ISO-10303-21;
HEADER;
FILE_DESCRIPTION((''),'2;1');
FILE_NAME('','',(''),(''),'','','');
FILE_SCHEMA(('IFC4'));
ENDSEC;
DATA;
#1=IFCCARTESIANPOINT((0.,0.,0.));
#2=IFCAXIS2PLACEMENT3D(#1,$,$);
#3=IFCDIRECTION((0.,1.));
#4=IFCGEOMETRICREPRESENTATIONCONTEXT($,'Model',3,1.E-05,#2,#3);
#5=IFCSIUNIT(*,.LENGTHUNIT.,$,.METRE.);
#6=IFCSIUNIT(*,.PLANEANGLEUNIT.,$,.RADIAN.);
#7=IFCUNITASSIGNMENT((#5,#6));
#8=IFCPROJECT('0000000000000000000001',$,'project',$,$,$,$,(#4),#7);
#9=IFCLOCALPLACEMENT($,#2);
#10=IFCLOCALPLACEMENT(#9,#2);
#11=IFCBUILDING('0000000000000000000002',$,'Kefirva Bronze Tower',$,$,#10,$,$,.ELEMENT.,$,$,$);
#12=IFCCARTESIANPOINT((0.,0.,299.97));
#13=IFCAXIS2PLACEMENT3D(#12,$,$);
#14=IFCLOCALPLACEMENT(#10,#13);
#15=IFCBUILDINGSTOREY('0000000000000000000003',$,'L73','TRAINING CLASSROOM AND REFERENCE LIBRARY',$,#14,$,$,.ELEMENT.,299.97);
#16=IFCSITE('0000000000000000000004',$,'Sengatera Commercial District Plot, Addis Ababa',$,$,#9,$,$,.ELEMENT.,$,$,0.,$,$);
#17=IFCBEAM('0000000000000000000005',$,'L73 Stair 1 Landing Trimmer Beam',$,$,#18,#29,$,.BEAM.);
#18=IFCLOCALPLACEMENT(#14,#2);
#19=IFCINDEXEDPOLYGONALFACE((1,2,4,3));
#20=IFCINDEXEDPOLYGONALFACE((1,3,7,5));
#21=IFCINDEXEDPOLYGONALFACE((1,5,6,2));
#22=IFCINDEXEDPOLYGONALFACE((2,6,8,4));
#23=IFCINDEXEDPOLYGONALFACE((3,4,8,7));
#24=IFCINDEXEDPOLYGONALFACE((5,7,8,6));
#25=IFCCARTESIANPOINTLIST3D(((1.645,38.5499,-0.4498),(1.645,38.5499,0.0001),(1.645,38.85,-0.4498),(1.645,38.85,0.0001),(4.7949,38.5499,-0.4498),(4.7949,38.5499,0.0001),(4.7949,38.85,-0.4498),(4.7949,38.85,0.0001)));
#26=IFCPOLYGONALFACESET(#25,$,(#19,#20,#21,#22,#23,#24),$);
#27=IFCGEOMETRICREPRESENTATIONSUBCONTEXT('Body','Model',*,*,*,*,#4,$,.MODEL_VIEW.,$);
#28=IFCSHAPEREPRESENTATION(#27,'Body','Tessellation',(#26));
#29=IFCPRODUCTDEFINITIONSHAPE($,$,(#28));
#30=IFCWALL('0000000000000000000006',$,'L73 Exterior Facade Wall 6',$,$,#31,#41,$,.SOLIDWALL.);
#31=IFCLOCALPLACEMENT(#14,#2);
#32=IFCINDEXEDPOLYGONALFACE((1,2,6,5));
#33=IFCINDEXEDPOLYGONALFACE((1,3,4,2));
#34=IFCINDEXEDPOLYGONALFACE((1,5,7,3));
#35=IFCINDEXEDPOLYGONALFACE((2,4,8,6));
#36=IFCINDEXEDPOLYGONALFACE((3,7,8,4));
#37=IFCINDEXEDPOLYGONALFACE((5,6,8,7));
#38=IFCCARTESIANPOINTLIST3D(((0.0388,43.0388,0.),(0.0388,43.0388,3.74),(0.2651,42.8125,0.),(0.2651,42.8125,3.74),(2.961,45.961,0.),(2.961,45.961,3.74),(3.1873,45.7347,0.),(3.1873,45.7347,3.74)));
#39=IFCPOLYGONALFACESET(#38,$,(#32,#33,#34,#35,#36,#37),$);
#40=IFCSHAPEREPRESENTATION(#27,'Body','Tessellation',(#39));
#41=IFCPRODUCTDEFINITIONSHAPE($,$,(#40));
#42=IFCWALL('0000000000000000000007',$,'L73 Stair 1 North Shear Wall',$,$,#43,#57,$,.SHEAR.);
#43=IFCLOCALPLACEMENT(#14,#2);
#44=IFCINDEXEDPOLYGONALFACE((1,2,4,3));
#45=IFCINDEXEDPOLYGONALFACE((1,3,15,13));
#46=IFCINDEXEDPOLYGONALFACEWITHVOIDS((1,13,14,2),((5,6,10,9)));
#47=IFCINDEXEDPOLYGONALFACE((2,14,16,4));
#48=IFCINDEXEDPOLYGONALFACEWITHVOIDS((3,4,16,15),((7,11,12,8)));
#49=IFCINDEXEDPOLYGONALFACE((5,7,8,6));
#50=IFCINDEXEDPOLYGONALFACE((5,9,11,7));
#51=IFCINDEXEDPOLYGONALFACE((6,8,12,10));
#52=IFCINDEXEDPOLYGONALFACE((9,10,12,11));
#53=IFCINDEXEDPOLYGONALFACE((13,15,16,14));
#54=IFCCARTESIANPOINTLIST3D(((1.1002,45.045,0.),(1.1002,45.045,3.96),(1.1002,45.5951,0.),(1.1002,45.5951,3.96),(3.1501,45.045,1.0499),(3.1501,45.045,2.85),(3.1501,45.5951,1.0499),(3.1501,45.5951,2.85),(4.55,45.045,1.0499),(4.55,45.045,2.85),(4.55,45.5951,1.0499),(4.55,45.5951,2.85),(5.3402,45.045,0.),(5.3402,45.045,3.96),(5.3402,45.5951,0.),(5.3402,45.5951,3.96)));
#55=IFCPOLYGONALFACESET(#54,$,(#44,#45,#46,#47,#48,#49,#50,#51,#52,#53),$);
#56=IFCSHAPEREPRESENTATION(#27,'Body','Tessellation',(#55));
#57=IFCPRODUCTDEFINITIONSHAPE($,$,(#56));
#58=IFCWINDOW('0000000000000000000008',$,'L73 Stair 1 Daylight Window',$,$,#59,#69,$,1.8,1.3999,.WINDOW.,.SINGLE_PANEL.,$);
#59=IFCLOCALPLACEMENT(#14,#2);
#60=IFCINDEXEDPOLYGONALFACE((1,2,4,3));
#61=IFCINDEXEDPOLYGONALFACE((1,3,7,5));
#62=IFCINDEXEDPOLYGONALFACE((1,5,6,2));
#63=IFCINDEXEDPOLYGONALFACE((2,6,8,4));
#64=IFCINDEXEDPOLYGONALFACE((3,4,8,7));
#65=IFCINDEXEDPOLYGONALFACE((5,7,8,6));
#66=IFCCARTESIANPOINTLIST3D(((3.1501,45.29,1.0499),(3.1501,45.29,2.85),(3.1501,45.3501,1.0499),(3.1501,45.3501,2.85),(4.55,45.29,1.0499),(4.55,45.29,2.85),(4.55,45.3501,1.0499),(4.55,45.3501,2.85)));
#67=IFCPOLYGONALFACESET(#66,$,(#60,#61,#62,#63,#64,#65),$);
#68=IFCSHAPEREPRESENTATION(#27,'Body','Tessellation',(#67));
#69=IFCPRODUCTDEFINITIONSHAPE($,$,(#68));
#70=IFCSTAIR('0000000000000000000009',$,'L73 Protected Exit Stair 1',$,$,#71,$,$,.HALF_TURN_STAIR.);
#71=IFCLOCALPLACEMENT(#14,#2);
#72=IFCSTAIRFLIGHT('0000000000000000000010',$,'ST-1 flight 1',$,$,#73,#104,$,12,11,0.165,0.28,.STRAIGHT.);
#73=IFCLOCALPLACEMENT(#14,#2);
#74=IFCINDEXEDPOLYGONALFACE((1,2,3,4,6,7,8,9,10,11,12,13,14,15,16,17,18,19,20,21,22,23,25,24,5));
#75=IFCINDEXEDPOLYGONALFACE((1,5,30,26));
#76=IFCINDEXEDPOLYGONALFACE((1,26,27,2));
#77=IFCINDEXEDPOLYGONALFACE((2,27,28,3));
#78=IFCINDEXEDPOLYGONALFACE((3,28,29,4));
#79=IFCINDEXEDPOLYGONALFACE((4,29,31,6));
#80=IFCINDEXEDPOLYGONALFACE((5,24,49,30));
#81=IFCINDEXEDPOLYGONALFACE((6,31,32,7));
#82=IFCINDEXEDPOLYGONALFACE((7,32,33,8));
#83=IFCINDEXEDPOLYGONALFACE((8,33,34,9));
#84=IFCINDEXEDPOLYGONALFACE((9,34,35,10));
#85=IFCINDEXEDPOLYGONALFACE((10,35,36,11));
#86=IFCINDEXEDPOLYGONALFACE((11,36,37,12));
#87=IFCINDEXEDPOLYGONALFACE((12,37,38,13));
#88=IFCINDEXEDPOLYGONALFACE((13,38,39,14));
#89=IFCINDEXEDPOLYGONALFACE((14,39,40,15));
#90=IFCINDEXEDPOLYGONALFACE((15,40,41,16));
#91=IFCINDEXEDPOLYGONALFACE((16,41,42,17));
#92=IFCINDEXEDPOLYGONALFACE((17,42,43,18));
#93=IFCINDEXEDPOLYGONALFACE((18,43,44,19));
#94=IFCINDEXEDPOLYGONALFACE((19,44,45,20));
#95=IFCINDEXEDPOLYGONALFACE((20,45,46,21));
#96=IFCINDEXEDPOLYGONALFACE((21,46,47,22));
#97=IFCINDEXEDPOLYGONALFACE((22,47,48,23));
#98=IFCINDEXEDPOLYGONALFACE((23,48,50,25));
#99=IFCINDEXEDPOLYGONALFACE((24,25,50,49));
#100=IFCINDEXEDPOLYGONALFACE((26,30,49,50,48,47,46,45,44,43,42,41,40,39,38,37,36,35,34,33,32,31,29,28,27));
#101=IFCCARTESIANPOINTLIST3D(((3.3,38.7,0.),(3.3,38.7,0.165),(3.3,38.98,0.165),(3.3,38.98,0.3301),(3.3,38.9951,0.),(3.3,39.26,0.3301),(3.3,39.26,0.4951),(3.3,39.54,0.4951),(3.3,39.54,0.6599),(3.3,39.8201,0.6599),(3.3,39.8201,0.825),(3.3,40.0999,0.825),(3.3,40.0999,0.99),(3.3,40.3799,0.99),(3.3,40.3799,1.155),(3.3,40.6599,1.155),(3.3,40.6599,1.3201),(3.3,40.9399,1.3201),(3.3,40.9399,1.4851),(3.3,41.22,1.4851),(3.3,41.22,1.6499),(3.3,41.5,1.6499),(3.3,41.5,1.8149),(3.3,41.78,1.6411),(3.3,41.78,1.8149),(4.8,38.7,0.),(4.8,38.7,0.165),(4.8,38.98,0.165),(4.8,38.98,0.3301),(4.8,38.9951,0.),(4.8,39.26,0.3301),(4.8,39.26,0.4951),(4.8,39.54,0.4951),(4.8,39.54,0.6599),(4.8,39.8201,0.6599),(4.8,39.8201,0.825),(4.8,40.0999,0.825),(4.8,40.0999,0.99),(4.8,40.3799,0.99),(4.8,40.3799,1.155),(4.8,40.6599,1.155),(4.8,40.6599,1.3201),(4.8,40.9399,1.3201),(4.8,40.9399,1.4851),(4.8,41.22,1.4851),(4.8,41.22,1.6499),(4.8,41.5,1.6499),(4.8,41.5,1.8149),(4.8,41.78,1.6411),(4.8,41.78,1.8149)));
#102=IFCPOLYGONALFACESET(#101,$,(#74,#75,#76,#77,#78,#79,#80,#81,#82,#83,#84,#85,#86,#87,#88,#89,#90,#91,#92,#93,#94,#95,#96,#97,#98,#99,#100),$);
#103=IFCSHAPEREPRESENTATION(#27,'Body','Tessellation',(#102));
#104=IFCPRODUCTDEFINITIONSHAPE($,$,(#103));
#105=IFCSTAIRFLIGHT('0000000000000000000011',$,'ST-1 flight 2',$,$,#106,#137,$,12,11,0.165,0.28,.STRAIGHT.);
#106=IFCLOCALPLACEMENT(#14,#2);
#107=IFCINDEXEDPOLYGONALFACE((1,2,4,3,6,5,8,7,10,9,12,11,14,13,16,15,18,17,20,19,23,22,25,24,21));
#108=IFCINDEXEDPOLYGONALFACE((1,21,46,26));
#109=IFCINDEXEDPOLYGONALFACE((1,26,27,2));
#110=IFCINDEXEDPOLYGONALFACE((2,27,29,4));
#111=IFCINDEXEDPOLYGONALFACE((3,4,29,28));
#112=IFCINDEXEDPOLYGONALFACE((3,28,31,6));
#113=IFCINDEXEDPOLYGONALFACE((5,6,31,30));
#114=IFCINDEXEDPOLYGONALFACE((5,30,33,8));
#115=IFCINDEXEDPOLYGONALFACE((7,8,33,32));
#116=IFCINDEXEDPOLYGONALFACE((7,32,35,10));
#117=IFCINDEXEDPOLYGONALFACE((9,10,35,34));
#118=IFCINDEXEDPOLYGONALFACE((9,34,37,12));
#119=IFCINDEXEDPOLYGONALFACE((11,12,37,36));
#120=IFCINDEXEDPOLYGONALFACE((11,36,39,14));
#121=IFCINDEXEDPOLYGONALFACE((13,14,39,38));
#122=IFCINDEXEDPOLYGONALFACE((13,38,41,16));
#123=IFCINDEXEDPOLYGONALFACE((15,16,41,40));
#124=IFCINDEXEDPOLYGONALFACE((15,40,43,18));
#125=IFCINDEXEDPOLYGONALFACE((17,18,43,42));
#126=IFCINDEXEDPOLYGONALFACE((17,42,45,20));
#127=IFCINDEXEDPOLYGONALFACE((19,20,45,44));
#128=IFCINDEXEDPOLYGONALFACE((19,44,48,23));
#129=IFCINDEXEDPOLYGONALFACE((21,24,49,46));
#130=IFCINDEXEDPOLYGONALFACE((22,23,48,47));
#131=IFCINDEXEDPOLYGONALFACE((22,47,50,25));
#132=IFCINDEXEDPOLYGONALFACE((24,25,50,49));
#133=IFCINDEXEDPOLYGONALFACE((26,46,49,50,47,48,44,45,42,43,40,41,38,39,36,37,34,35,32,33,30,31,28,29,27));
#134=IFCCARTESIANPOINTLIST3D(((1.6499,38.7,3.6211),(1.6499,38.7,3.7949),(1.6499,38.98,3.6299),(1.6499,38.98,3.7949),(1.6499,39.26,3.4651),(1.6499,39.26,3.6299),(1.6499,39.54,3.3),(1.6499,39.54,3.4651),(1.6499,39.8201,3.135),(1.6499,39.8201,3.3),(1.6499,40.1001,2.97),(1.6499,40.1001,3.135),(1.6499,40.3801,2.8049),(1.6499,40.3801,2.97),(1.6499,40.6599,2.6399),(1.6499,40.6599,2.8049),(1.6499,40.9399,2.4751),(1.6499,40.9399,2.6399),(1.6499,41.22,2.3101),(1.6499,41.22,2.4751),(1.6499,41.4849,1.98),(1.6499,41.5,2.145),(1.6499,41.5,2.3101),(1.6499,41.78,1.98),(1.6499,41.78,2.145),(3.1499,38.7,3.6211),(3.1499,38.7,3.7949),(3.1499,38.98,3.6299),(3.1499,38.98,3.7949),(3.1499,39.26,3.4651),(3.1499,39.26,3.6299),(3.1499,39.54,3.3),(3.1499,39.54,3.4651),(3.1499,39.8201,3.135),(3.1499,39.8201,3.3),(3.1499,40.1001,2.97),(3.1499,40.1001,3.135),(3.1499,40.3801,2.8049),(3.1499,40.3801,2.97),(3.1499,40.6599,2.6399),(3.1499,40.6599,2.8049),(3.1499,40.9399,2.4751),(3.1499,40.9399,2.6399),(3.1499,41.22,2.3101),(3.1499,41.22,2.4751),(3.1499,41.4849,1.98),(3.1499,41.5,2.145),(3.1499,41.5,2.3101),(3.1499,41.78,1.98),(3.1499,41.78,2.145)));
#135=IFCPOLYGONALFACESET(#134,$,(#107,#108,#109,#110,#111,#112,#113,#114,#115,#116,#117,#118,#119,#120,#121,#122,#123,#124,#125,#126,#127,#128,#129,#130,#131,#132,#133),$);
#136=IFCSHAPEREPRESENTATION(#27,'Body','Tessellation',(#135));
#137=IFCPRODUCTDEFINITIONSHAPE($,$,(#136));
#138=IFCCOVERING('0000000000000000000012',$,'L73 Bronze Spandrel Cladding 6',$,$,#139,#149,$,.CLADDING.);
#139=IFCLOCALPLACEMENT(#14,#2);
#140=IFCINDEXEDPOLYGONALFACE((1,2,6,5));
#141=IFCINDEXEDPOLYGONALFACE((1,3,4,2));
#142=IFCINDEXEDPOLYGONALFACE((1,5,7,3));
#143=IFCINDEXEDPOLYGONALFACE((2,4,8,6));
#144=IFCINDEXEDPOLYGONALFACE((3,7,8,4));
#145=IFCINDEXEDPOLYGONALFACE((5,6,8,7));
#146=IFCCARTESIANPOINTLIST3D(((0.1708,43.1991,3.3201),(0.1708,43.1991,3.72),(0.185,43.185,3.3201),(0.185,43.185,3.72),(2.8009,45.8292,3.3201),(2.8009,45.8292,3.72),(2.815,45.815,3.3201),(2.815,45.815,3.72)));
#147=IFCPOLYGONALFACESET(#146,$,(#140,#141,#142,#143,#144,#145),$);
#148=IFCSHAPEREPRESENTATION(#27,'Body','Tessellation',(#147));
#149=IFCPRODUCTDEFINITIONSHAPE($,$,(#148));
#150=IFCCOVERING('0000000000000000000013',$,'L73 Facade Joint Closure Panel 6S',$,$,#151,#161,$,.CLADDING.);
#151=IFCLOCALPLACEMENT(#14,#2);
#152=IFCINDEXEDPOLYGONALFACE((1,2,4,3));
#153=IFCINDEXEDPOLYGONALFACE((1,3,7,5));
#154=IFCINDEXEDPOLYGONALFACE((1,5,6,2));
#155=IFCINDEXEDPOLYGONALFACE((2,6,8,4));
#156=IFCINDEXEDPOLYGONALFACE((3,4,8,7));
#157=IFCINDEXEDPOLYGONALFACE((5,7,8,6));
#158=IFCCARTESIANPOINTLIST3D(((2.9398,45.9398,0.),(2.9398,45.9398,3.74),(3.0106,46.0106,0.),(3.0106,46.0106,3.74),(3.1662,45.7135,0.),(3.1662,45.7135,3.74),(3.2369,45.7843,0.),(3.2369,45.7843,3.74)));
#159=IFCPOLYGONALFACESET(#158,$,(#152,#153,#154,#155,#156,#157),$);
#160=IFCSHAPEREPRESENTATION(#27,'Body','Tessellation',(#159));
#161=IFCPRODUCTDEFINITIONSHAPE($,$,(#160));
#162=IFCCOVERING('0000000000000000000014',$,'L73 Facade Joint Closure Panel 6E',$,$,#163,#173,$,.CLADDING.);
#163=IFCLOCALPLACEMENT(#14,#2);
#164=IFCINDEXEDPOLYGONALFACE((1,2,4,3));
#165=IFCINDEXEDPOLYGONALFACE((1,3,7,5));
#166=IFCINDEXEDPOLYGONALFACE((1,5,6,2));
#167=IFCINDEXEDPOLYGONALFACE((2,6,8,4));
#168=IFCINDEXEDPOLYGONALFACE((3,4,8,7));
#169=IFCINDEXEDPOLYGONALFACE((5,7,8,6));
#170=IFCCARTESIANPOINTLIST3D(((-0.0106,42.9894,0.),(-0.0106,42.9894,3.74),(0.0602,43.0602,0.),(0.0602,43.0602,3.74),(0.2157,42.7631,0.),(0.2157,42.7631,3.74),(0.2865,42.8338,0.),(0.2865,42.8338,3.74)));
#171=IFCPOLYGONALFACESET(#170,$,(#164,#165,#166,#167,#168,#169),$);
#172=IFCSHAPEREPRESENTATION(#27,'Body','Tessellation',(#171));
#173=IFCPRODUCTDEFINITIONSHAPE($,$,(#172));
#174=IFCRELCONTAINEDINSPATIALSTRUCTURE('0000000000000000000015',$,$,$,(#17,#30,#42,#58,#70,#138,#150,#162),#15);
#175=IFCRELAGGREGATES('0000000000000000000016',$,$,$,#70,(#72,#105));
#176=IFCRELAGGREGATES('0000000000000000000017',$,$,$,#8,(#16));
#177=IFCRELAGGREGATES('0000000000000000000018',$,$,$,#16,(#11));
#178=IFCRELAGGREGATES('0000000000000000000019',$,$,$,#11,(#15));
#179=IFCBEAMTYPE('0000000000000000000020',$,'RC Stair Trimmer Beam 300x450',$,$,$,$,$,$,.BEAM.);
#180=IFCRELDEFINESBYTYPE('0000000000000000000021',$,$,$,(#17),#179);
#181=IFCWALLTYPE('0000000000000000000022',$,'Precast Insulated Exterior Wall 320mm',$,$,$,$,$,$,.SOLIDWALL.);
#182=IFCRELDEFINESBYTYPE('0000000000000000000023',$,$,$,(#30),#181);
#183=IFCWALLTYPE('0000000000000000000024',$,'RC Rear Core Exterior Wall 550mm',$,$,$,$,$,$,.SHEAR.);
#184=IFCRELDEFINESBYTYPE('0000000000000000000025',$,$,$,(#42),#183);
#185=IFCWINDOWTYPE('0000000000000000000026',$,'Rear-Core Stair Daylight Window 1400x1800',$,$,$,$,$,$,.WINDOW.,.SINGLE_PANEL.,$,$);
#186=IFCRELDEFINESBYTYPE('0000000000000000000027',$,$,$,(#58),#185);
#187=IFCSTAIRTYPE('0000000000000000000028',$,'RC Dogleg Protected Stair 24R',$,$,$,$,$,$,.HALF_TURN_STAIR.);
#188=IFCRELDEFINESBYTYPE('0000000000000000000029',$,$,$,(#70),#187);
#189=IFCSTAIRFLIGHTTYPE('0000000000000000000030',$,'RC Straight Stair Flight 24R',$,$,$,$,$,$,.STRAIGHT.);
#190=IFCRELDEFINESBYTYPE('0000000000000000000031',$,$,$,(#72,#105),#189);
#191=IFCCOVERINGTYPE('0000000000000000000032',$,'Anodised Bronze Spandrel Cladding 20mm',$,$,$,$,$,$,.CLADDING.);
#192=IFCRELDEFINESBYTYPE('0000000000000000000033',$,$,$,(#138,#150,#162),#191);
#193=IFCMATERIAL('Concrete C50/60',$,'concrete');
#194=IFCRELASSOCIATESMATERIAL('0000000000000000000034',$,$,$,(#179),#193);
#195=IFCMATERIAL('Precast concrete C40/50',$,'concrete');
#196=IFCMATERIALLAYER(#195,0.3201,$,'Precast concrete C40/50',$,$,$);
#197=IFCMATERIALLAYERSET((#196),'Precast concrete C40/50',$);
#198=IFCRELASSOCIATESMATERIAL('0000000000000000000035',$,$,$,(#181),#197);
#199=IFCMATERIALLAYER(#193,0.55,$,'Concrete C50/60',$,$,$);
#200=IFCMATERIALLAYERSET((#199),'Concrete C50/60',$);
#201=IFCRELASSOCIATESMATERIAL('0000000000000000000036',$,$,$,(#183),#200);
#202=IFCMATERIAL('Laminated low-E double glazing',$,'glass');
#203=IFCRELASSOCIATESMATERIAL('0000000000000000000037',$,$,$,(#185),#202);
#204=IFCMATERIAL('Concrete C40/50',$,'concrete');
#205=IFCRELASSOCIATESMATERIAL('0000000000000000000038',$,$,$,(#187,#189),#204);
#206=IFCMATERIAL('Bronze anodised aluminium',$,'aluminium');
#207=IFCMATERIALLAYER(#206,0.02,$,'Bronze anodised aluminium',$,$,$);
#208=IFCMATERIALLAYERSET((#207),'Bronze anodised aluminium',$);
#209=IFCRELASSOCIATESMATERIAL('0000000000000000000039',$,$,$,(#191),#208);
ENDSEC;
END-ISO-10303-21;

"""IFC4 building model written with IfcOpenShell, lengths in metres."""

from ifc_helpers import new_model, si_unit, direction, frame, frame_2d, origin, origin_2d, place, context, subcontext, project, spatial, polyline, rectangle, outline, extrude, material, layer, layer_set, material_profile, profile_set, type_object, element, fill, aggregate, save


model = new_model("IFC4")

# Units and contexts
model_context = context("Model", 3, precision=1e-05, world=origin(), true_north=direction((0.0, 1.0)))
body_context = subcontext(model_context, "Body", "Model", "MODEL_VIEW")
ifc_project = project(units=[si_unit("LENGTHUNIT", "METRE"), si_unit("PLANEANGLEUNIT", "RADIAN")], contexts=[model_context])

# Site, building, storey
site_placement = place(None, origin())
site = spatial("IfcSite", under=ifc_project, at=site_placement, Name="Sengatera Commercial District Plot, Addis Ababa", CompositionType="ELEMENT", RefElevation=0.0)
building_placement = place(site_placement, origin())
building = spatial("IfcBuilding", under=site, at=building_placement, Name="Kefirva Bronze Tower", CompositionType="ELEMENT")
storey_placement = place(building_placement, frame((0.0, 0.0, 299.97)))
storey = spatial("IfcBuildingStorey", under=building, at=storey_placement, Name="L73", Description="TRAINING CLASSROOM AND REFERENCE LIBRARY", CompositionType="ELEMENT", Elevation=299.97)

# Beam
ifc_material_1 = material(Name="Concrete C50/60", Category="concrete")
ifc_material_profile = material_profile(ifc_material_1, rectangle(XDim=0.3, YDim=0.45, at=origin_2d()), Name="RC 300x450")
ifc_profile_set = profile_set([ifc_material_profile], Name="Concrete C50/60")
beam_type = type_object("IfcBeamType", Name="RC Stair Trimmer Beam 300x450", PredefinedType="BEAM", material=ifc_profile_set)
beam_placement = place(storey_placement, frame((1.645, 38.7, -0.2249), z_axis=(1.0, 0.0, 0.0), x_axis=(0.0, 1.0, 0.0)))
element("IfcBeam", 1, at=beam_placement, inside=storey, type_object=beam_type, Name="L73 Stair 1 Landing Trimmer Beam", PredefinedType="BEAM", context=body_context, shape_type="SweptSolid", body=[
    extrude(rectangle(XDim=0.3, YDim=0.45, at=origin_2d()), origin(), (0.0, 0.0, 1.0), 3.1499),
])

# Wall
ifc_material_2 = material(Name="Precast concrete C40/50", Category="concrete")
ifc_layer_1 = layer(ifc_material_2, 0.3201, Name="Precast concrete C40/50")
ifc_layer_set_1 = layer_set([ifc_layer_1], Name="Precast concrete C40/50")
wall_type_1 = type_object("IfcWallType", Name="Precast Insulated Exterior Wall 320mm", PredefinedType="SOLIDWALL", material=ifc_layer_set_1)
wall_1_placement = place(storey_placement, frame((3.0742, 45.8479, 0.0), z_axis=(0.0, 0.0, 1.0), x_axis=(-0.707107, -0.707107, 0.0)))
element("IfcWall", 2, at=wall_1_placement, inside=storey, type_object=wall_type_1, Name="L73 Exterior Facade Wall 6", PredefinedType="SOLIDWALL", context=body_context, shape_type="SweptSolid", body=[
    extrude(rectangle(XDim=4.1326, YDim=0.3201, at=frame_2d((2.0664, 0.0))), origin(), (0.0, 0.0, 1.0), 3.74),
])

# Wall, opening, window
ifc_layer_2 = layer(ifc_material_1, 0.55, Name="Concrete C50/60")
ifc_layer_set_2 = layer_set([ifc_layer_2], Name="Concrete C50/60")
wall_type_2 = type_object("IfcWallType", Name="RC Rear Core Exterior Wall 550mm", PredefinedType="SHEAR", material=ifc_layer_set_2)
wall_2_placement = place(storey_placement, frame((1.1001, 45.3201, 0.0), z_axis=(0.0, 0.0, 1.0), x_axis=(1.0, 0.0, 0.0)))
wall_2 = element("IfcWall", 3, at=wall_2_placement, inside=storey, type_object=wall_type_2, Name="L73 Stair 1 North Shear Wall", PredefinedType="SHEAR", context=body_context, shape_type="SweptSolid", body=[
    extrude(rectangle(XDim=4.24, YDim=0.55, at=frame_2d((2.1201, 0.0))), origin(), (0.0, 0.0, 1.0), 3.96),
])
opening_1_placement = place(wall_2_placement, frame((2.05, 0.0, 1.05)))
opening_1 = element("IfcOpeningElement", 4, at=opening_1_placement, cuts=wall_2, PredefinedType="OPENING", context=body_context, shape_type="SweptSolid", body=[
    extrude(rectangle(XDim=1.3999, YDim=1.8, at=frame_2d((0.7, 0.8999))), frame((0.0, 0.2852, 0.0), z_axis=(0.0, -1.0, 0.0), x_axis=(1.0, 0.0, 0.0)), (0.0, 0.0, 1.0), 0.5701),
])
ifc_material_3 = material(Name="Laminated low-E double glazing", Category="glass")
window_type = type_object("IfcWindowType", Name="Rear-Core Stair Daylight Window 1400x1800", PartitioningType="SINGLE_PANEL", PredefinedType="WINDOW", material=ifc_material_3)
window_placement = place(opening_1_placement, origin())
window = element("IfcWindow", 5, at=window_placement, inside=storey, type_object=window_type, Name="L73 Stair 1 Daylight Window", OverallHeight=1.8, OverallWidth=1.3999, PartitioningType="SINGLE_PANEL", PredefinedType="WINDOW", context=body_context, shape_type="SweptSolid", body=[
    extrude(rectangle(XDim=1.3999, YDim=1.8, at=frame_2d((0.7, 0.8999))), frame((0.0, 0.03, 0.0), z_axis=(0.0, -1.0, 0.0), x_axis=(1.0, 0.0, 0.0)), (0.0, 0.0, 1.0), 0.0601),
])
fill(opening_1, window)

# Stair, stair flights
ifc_material_4 = material(Name="Concrete C40/50", Category="concrete")
stair_type = type_object("IfcStairType", Name="RC Dogleg Protected Stair 24R", PredefinedType="HALF_TURN_STAIR", material=ifc_material_4)
stair_placement = place(storey_placement, origin())
stair = element("IfcStair", 6, at=stair_placement, inside=storey, type_object=stair_type, Name="L73 Protected Exit Stair 1", PredefinedType="HALF_TURN_STAIR")
stair_flight_type = type_object("IfcStairFlightType", Name="RC Straight Stair Flight 24R", PredefinedType="STRAIGHT", material=ifc_material_4)
stair_flight_1_placement = place(storey_placement, frame((4.05, 38.7, 0.0), z_axis=(0.0, 0.0, 1.0), x_axis=(0.0, 1.0, 0.0)))
stair_flight_1 = element("IfcStairFlight", 7, at=stair_flight_1_placement, type_object=stair_flight_type, Name="ST-1 flight 1", NumberOfRisers=12, NumberOfTreads=11, PredefinedType="STRAIGHT", RiserHeight=0.165, TreadLength=0.28, context=body_context, shape_type="SweptSolid", body=[
    extrude(outline(polyline([(0.0, 0.0), (0.0, 0.165), (0.28, 0.165), (0.28, 0.3301), (0.5601, 0.3301), (0.5601, 0.4951), (0.8401, 0.4951), (0.8401, 0.6599), (1.1201, 0.6599), (1.1201, 0.825), (1.3999, 0.825), (1.3999, 0.99), (1.6799, 0.99), (1.6799, 1.155), (1.96, 1.155), (1.96, 1.3201), (2.24, 1.3201), (2.24, 1.4851), (2.52, 1.4851), (2.52, 1.6499), (2.8, 1.6499), (2.8, 1.8149), (3.0801, 1.8149), (3.0801, 1.98), (3.0801, 1.6411), (0.2952, 0.0), (0.0, 0.0)])), frame((0.0, 0.75, 0.0), z_axis=(0.0, -1.0, 0.0), x_axis=(1.0, 0.0, 0.0)), (0.0, 0.0, 1.0), 1.5),
])
stair_flight_2_placement = place(storey_placement, frame((2.3999, 41.78, 1.98), z_axis=(0.0, 0.0, 1.0), x_axis=(0.0, -1.0, 0.0)))
stair_flight_2 = element("IfcStairFlight", 8, at=stair_flight_2_placement, type_object=stair_flight_type, Name="ST-1 flight 2", NumberOfRisers=12, NumberOfTreads=11, PredefinedType="STRAIGHT", RiserHeight=0.165, TreadLength=0.28, context=body_context, shape_type="SweptSolid", body=[
    extrude(outline(polyline([(0.0, 0.0), (0.0, 0.165), (0.28, 0.165), (0.28, 0.3301), (0.5601, 0.3301), (0.5601, 0.4951), (0.8401, 0.4951), (0.8401, 0.6599), (1.1201, 0.6599), (1.1201, 0.825), (1.3999, 0.825), (1.3999, 0.99), (1.6799, 0.99), (1.6799, 1.155), (1.96, 1.155), (1.96, 1.3201), (2.24, 1.3201), (2.24, 1.4851), (2.52, 1.4851), (2.52, 1.6499), (2.8, 1.6499), (2.8, 1.8149), (3.0801, 1.8149), (3.0801, 1.98), (3.0801, 1.6411), (0.2952, 0.0), (0.0, 0.0)])), frame((0.0, 0.75, 0.0), z_axis=(0.0, -1.0, 0.0), x_axis=(1.0, 0.0, 0.0)), (0.0, 0.0, 1.0), 1.5),
])
aggregate(stair, [stair_flight_1, stair_flight_2])

# Coverings
ifc_material_5 = material(Name="Bronze anodised aluminium", Category="aluminium")
ifc_layer_3 = layer(ifc_material_5, 0.02, Name="Bronze anodised aluminium")
ifc_layer_set_3 = layer_set([ifc_layer_3], Name="Bronze anodised aluminium")
covering_type_1 = type_object("IfcCoveringType", Name="Anodised Bronze Spandrel Cladding 20mm", PredefinedType="CLADDING", material=ifc_layer_set_3)
covering_1_placement = place(storey_placement, frame((1.4929, 44.5071, 3.3201), z_axis=(0.0, 0.0, 1.0), x_axis=(-0.707107, -0.707107, 0.0)))
element("IfcCovering", 9, at=covering_1_placement, inside=storey, type_object=covering_type_1, Name="L73 Bronze Spandrel Cladding 6", PredefinedType="CLADDING", context=body_context, shape_type="SweptSolid", body=[
    extrude(rectangle(XDim=3.7195, YDim=0.02, at=origin_2d()), origin(), (0.0, 0.0, 1.0), 0.3999),
])
for number, where, z_axis, x_axis, name in (
    (10, (3.0884, 45.8621, 0.0), (0.0, 0.0, 1.0), (-0.707107, -0.707107, 0.0), "L73 Facade Joint Closure Panel 6S"),
    (11, (0.1379, 42.9116, 0.0), (0.0, 0.0, 1.0), (-0.707107, -0.707107, 0.0), "L73 Facade Joint Closure Panel 6E"),
):
    element("IfcCovering", number, at=place(storey_placement, frame(where, z_axis=z_axis, x_axis=x_axis)), inside=storey, type_object=covering_type_1, Name=name, PredefinedType="CLADDING", context=body_context, shape_type="SweptSolid", body=[
        extrude(rectangle(XDim=0.1001, YDim=0.3201, at=origin_2d()), origin(), (0.0, 0.0, 1.0), 3.74),
    ])

save(model, "model.ifc")
